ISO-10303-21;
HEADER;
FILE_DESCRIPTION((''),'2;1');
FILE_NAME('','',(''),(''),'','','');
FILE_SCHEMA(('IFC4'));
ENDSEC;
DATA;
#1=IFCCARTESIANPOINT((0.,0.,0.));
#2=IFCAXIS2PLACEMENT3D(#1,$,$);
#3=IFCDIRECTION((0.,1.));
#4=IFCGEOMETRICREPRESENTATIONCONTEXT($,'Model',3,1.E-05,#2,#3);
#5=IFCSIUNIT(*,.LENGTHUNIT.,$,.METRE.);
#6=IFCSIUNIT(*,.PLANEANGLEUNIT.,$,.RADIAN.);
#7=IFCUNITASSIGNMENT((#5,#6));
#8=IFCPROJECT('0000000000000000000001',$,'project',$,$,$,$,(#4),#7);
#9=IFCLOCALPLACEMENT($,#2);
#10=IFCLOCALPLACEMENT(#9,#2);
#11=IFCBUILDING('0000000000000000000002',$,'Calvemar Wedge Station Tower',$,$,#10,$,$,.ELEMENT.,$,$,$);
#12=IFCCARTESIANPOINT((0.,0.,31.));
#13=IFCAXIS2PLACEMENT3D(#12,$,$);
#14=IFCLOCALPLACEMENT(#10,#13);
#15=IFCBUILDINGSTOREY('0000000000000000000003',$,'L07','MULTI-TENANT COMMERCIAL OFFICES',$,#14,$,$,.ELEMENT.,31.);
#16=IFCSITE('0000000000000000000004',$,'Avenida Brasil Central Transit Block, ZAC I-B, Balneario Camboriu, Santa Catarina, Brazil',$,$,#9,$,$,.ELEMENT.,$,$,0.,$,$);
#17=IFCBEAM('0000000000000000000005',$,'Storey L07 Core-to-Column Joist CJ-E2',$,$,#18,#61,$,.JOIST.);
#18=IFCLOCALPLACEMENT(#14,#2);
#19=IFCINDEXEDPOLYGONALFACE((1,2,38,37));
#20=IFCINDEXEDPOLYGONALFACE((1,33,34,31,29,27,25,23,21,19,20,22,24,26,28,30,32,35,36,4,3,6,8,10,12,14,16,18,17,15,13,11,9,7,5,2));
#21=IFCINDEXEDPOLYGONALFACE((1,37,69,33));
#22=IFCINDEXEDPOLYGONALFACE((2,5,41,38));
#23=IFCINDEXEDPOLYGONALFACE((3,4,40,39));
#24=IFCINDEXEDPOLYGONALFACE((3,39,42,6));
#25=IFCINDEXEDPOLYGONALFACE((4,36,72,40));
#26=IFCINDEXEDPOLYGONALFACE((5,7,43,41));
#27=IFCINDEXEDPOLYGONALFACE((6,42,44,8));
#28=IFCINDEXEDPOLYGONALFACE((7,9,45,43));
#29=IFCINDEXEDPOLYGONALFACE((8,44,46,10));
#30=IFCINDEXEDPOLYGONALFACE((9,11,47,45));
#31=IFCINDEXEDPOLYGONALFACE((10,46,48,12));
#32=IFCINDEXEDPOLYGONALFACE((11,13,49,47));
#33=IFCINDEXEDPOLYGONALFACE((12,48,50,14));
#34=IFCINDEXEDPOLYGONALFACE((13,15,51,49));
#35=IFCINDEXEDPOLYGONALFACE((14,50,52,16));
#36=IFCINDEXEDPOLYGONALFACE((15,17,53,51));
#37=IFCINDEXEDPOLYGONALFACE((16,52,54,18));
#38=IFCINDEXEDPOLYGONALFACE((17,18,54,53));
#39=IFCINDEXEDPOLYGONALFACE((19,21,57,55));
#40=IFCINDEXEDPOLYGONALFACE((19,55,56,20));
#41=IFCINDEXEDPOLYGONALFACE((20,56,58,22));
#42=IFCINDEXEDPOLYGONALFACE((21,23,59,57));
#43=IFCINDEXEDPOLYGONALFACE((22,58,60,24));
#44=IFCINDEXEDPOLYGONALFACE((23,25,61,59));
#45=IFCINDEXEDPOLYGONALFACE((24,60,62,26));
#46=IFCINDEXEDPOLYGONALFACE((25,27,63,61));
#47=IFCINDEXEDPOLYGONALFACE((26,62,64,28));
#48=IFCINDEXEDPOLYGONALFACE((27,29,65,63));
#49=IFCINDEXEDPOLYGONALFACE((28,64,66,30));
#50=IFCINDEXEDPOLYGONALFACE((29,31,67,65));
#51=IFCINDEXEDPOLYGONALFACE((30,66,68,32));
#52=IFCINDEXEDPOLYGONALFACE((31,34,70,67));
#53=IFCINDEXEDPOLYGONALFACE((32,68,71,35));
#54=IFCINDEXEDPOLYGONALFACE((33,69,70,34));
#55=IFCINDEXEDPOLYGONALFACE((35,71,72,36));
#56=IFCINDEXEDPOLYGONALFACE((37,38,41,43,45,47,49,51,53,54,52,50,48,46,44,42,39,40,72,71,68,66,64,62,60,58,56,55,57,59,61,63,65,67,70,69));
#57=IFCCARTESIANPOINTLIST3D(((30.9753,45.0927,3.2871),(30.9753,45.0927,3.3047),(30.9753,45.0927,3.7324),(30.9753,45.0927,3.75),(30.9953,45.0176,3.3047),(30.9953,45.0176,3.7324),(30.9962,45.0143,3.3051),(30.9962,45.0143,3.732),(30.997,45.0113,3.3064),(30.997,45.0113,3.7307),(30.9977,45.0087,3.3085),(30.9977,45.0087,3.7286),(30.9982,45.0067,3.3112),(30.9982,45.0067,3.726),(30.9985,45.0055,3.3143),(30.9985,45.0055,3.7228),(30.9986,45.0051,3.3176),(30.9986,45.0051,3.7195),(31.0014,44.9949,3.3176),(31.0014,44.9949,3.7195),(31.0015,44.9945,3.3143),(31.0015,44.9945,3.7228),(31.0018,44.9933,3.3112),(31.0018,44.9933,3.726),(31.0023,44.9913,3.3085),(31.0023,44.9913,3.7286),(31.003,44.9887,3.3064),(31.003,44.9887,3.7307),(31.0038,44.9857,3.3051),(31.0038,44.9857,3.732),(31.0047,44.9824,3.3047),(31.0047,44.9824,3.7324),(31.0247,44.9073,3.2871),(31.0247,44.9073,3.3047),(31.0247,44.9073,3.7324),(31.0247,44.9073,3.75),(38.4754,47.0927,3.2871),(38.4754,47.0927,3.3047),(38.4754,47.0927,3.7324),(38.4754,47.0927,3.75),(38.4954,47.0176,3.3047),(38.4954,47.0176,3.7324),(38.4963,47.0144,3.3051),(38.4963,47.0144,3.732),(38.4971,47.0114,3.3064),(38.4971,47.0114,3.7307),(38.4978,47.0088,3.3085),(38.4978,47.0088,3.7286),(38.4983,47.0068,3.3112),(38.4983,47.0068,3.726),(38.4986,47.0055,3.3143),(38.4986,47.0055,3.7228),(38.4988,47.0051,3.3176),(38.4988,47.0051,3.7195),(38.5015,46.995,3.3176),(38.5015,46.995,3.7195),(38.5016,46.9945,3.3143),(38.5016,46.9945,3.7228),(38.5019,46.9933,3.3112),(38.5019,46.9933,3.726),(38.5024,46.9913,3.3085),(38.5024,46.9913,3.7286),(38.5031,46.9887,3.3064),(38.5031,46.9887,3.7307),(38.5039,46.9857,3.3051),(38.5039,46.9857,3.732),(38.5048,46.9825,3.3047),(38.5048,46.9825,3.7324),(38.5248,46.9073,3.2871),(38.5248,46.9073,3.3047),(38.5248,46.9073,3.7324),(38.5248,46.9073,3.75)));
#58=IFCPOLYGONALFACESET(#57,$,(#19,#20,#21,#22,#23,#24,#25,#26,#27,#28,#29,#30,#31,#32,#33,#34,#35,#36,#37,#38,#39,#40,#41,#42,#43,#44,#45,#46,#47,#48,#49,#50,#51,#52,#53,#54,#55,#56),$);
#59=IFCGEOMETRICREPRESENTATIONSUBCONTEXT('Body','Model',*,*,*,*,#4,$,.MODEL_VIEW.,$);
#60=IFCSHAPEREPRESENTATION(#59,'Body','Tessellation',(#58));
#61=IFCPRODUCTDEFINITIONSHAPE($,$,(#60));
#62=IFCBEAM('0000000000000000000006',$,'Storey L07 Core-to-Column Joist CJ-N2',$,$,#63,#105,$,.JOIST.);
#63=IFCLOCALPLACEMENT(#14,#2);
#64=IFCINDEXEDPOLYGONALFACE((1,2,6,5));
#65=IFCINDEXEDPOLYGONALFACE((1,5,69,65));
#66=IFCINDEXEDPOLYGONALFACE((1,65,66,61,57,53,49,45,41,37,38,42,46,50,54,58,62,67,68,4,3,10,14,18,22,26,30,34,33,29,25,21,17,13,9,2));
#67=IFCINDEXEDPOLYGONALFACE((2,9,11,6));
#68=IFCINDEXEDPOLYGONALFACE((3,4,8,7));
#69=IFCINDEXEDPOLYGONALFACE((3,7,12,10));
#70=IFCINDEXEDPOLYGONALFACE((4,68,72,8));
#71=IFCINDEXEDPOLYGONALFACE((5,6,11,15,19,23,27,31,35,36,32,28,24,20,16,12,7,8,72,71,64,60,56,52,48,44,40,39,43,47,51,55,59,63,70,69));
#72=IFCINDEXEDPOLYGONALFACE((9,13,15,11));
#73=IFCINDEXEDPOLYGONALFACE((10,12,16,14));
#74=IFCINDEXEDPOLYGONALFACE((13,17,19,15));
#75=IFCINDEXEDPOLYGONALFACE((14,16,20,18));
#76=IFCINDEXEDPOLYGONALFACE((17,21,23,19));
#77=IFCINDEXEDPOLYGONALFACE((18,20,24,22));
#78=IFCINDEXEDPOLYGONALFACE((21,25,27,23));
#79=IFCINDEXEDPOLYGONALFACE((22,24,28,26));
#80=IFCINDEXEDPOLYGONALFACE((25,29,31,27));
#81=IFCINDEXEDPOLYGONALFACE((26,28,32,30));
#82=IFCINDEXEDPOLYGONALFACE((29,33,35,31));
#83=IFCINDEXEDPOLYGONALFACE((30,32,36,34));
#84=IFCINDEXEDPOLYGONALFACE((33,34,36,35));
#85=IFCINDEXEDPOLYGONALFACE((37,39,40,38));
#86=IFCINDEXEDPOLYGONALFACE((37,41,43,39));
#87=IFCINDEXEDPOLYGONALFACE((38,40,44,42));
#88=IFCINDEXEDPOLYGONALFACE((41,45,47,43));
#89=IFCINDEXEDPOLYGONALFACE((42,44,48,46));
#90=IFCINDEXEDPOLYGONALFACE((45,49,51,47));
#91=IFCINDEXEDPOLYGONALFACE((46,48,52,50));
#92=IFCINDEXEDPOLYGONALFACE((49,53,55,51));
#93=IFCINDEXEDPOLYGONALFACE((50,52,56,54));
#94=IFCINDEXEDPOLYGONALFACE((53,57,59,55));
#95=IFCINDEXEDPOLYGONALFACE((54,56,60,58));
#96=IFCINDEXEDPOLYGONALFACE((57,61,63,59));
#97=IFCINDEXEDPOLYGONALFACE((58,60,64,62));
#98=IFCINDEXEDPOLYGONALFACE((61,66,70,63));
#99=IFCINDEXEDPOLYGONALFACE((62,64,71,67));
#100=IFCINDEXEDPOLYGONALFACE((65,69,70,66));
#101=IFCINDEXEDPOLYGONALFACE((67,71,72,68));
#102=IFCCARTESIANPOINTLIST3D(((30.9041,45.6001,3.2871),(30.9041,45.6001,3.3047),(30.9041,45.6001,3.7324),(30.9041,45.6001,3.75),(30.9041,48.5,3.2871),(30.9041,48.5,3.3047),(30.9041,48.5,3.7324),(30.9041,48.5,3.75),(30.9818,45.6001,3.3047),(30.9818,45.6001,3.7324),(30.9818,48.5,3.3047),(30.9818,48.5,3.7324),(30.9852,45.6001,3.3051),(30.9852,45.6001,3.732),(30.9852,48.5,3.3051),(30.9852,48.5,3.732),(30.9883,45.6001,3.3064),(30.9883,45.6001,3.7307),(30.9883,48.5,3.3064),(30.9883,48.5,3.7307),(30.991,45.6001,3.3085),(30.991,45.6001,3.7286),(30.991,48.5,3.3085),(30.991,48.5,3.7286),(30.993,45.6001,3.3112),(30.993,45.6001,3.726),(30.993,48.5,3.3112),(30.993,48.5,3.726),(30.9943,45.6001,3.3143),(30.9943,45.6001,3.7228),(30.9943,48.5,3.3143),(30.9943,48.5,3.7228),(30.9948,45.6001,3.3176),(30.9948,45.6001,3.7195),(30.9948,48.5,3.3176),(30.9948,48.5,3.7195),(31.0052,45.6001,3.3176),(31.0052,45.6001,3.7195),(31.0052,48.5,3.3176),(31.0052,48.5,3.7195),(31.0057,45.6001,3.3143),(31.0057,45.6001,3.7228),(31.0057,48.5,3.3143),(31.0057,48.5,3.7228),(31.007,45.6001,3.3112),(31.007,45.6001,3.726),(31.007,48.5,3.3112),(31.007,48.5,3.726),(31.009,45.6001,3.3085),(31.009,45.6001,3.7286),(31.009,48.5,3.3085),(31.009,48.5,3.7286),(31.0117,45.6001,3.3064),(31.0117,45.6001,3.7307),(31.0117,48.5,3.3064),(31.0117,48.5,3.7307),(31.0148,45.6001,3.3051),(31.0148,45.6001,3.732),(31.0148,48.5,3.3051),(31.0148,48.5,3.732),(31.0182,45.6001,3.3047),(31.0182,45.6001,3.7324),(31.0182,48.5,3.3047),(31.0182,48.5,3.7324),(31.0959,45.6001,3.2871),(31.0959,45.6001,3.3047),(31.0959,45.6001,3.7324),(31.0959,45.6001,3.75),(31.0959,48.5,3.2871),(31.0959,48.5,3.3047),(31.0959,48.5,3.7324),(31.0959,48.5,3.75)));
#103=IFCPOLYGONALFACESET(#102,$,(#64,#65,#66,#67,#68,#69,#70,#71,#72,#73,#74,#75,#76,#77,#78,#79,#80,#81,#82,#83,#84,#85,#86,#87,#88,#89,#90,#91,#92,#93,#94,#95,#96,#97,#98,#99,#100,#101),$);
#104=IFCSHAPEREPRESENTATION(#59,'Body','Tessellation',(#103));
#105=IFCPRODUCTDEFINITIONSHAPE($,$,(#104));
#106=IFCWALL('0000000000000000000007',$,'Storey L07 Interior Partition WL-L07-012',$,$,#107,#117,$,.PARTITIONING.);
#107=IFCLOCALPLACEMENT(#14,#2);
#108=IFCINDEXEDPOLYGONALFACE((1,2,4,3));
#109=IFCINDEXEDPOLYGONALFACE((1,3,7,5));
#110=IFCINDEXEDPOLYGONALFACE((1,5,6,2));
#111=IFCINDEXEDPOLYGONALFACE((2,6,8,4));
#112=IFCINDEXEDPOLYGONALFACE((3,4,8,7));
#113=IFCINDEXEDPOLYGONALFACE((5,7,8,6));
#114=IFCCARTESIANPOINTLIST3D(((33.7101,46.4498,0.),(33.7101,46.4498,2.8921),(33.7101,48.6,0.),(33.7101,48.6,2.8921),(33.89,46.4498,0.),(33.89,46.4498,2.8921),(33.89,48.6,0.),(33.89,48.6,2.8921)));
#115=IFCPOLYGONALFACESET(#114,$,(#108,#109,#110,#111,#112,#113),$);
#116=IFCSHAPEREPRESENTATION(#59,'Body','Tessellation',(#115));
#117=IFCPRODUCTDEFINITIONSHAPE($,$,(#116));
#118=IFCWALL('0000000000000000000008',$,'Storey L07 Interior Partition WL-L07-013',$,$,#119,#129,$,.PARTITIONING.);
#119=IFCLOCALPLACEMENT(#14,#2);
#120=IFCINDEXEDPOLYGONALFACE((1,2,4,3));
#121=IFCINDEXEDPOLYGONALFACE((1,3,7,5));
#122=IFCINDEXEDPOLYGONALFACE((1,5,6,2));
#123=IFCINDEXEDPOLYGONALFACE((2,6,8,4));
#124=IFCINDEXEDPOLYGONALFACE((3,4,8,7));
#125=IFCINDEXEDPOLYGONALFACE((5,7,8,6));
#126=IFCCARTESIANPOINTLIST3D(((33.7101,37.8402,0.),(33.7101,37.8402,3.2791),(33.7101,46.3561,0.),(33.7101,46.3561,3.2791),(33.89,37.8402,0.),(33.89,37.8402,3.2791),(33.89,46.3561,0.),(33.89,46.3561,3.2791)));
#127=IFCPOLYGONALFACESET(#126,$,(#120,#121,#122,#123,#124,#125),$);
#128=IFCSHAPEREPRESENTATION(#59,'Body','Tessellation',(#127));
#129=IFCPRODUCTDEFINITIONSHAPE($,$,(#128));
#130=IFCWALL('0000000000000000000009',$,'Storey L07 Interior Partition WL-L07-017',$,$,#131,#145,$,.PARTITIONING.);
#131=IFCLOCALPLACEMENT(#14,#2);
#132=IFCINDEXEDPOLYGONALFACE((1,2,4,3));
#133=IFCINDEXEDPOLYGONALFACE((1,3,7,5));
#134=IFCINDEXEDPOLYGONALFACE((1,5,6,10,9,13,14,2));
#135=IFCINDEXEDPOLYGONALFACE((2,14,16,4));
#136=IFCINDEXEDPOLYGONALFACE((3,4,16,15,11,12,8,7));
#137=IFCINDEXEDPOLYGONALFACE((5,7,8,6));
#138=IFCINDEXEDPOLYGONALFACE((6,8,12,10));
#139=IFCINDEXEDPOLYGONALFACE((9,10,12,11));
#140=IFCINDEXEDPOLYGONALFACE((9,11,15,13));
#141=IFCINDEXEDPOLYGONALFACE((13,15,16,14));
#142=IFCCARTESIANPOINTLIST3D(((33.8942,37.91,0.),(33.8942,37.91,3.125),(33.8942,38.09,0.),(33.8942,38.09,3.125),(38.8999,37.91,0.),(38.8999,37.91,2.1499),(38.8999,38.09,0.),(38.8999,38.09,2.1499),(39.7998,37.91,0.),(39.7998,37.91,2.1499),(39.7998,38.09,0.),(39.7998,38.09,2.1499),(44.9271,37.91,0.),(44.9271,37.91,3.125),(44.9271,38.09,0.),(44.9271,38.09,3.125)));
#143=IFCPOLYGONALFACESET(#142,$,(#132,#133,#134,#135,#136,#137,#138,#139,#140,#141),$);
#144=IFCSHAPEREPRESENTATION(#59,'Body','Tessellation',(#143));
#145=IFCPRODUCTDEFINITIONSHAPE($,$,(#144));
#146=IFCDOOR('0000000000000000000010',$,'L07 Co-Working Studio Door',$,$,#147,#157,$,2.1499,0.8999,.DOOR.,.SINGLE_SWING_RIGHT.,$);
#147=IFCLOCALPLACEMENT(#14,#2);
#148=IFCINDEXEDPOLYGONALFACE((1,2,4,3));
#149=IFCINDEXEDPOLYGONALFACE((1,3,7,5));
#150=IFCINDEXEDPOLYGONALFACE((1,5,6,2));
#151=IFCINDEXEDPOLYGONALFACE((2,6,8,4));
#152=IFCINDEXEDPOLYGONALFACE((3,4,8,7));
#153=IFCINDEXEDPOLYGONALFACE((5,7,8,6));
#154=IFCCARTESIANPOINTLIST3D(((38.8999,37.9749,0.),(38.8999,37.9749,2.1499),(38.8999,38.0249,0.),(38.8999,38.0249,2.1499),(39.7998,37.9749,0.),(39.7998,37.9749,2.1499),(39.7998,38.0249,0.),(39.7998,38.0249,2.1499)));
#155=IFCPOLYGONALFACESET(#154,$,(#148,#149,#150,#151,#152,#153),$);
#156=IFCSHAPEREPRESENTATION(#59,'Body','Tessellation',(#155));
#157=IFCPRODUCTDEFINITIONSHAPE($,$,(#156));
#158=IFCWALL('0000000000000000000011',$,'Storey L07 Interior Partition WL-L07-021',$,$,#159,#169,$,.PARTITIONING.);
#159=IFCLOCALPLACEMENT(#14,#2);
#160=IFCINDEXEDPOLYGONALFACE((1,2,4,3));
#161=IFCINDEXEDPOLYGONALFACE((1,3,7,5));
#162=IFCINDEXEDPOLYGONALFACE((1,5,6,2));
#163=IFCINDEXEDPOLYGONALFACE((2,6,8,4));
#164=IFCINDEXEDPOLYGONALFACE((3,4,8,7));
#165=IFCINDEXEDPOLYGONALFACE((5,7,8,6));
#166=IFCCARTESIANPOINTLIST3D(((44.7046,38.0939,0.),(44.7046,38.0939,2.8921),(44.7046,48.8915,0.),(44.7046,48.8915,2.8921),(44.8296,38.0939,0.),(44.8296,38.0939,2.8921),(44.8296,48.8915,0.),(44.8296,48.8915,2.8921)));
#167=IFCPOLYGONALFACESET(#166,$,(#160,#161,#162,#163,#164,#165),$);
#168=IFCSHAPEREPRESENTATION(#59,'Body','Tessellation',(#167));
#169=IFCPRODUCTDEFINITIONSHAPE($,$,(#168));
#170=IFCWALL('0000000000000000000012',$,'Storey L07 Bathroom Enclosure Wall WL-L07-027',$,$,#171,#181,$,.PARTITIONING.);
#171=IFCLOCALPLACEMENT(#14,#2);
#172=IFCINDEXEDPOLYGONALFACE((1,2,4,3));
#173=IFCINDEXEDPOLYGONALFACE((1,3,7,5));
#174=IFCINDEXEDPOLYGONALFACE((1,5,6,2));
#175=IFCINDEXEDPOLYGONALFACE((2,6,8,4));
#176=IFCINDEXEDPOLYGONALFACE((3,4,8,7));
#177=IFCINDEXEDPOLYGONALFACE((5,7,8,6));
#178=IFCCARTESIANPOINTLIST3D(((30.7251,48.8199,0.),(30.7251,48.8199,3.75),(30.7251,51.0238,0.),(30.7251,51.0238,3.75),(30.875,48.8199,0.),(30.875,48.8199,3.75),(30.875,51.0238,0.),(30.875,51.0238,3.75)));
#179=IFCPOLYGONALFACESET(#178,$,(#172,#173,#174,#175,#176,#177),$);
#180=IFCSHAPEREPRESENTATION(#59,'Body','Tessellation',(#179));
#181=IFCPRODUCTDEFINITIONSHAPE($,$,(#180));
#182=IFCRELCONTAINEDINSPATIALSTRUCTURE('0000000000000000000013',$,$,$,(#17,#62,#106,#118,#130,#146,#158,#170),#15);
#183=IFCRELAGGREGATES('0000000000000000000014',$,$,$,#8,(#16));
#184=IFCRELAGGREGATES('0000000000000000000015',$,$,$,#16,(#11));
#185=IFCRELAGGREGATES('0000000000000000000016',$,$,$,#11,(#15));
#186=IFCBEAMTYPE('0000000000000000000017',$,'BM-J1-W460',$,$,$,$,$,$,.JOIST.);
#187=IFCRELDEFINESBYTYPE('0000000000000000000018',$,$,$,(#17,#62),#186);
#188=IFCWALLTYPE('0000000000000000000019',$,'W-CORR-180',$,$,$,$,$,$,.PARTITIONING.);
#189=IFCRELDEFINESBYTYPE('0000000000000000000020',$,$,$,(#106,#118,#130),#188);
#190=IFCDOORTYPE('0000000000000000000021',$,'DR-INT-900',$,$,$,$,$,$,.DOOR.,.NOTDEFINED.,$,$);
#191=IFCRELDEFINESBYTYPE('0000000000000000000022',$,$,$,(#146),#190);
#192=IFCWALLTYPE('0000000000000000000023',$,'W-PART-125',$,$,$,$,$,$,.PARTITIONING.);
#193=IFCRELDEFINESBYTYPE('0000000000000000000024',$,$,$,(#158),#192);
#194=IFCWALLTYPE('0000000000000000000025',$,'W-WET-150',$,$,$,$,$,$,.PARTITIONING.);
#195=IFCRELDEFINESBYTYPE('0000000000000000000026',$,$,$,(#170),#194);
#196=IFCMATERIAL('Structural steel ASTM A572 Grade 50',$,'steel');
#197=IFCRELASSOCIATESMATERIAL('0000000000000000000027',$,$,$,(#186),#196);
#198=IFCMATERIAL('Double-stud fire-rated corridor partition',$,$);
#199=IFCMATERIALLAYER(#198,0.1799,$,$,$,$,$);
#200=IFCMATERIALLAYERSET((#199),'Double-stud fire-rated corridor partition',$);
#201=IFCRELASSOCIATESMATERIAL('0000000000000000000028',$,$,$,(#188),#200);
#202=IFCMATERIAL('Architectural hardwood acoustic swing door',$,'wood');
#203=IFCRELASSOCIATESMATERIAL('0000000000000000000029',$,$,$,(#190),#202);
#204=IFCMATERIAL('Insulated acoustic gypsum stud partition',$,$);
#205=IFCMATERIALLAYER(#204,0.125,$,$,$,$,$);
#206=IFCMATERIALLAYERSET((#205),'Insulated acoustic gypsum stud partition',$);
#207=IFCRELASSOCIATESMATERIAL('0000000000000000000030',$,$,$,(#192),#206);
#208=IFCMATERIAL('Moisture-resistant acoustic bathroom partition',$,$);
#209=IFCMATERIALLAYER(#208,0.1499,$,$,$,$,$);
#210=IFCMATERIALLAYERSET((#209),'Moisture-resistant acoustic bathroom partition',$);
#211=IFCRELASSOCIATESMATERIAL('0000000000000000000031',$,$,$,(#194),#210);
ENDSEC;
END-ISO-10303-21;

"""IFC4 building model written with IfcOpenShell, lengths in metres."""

from ifc_helpers import new_model, si_unit, direction, frame, frame_2d, origin, origin_2d, place, context, subcontext, project, spatial, rectangle, i_section, extrude, source, transform, mapped, material, layer, layer_set, material_profile, profile_set, type_object, element, fill, save


model = new_model("IFC4")

# Units and contexts
model_context = context("Model", 3, precision=1e-05, world=origin(), true_north=direction((0.0, 1.0)))
body_context = subcontext(model_context, "Body", "Model", "MODEL_VIEW")
ifc_project = project(units=[si_unit("LENGTHUNIT", "METRE"), si_unit("PLANEANGLEUNIT", "RADIAN")], contexts=[model_context])

# Site, building, storey
site_placement = place(None, origin())
site = spatial("IfcSite", under=ifc_project, at=site_placement, Name="Avenida Brasil Central Transit Block, ZAC I-B, Balneario Camboriu, Santa Catarina, Brazil", CompositionType="ELEMENT", RefElevation=0.0)
building_placement = place(site_placement, origin())
building = spatial("IfcBuilding", under=site, at=building_placement, Name="Calvemar Wedge Station Tower", CompositionType="ELEMENT")
storey_placement = place(building_placement, frame((0.0, 0.0, 31.0)))
storey = spatial("IfcBuildingStorey", under=building, at=storey_placement, Name="L07", Description="MULTI-TENANT COMMERCIAL OFFICES", CompositionType="ELEMENT", Elevation=31.0)

# Beams
ifc_material_1 = material(Name="Structural steel ASTM A572 Grade 50", Category="steel")
ifc_material_profile_1 = material_profile(ifc_material_1, i_section(OverallWidth=0.1919, OverallDepth=0.4629, WebThickness=0.0105, FlangeThickness=0.0176, FilletRadius=0.0129, at=origin_2d()), Name="W460x89")
ifc_profile_set_1 = profile_set([ifc_material_profile_1], Name="Structural steel ASTM A572 Grade 50")
beam_type_1 = type_object("IfcBeamType", Name="BM-J1-W460", PredefinedType="JOIST", material=ifc_profile_set_1)
shared_shape_1 = source(origin(), body_context, "Body", "SweptSolid", [
    extrude(i_section(OverallWidth=0.1919, OverallDepth=0.4629, WebThickness=0.0105, FlangeThickness=0.0176, FilletRadius=0.0129, at=origin_2d()), origin(), (0.0, 0.0, 1.0), 7.7622),
])
beam_1_placement = place(storey_placement, frame((31.0, 45.0, 3.5186), z_axis=(0.966235, 0.257663, 0.0), x_axis=(-0.257663, 0.966235, 0.0)))
element("IfcBeam", 1, at=beam_1_placement, inside=storey, type_object=beam_type_1, Name="Storey L07 Core-to-Column Joist CJ-E2", PredefinedType="JOIST", context=body_context, shape_type="MappedRepresentation", body=[
    mapped(shared_shape_1, transform((0.0, 0.0, 0.0), scale=1.0)),
])
shared_shape_2 = source(origin(), body_context, "Body", "SweptSolid", [
    extrude(i_section(OverallWidth=0.1919, OverallDepth=0.4629, WebThickness=0.0105, FlangeThickness=0.0176, FilletRadius=0.0129, at=origin_2d()), origin(), (0.0, 0.0, 1.0), 2.8999),
])
beam_2_placement = place(storey_placement, frame((31.0, 45.6001, 3.5186), z_axis=(0.0, 1.0, 0.0), x_axis=(-1.0, 0.0, 0.0)))
element("IfcBeam", 2, at=beam_2_placement, inside=storey, type_object=beam_type_1, Name="Storey L07 Core-to-Column Joist CJ-N2", PredefinedType="JOIST", context=body_context, shape_type="MappedRepresentation", body=[
    mapped(shared_shape_2, transform((0.0, 0.0, 0.0), scale=1.0)),
])

# Walls
ifc_material_2 = material(Name="Double-stud fire-rated corridor partition")
ifc_layer_1 = layer(ifc_material_2, 0.1799)
ifc_layer_set_1 = layer_set([ifc_layer_1], Name="Double-stud fire-rated corridor partition")
wall_type_1 = type_object("IfcWallType", Name="W-CORR-180", PredefinedType="PARTITIONING", material=ifc_layer_set_1)
wall_1_placement = place(storey_placement, frame((33.8, 48.6001, 0.0), z_axis=(0.0, 0.0, 1.0), x_axis=(0.0, -1.0, 0.0)))
element("IfcWall", 3, at=wall_1_placement, inside=storey, type_object=wall_type_1, Name="Storey L07 Interior Partition WL-L07-012", PredefinedType="PARTITIONING", context=body_context, shape_type="SweptSolid", body=[
    extrude(rectangle(XDim=2.1501, YDim=0.1799, at=frame_2d((1.0752, 0.0))), origin(), (0.0, 0.0, 1.0), 2.8921),
])
wall_2_placement = place(storey_placement, frame((33.8, 46.356, 0.0), z_axis=(0.0, 0.0, 1.0), x_axis=(0.0, -1.0, 0.0)))
element("IfcWall", 4, at=wall_2_placement, inside=storey, type_object=wall_type_1, Name="Storey L07 Interior Partition WL-L07-013", PredefinedType="PARTITIONING", context=body_context, shape_type="SweptSolid", body=[
    extrude(rectangle(XDim=8.5159, YDim=0.1799, at=frame_2d((4.2578, 0.0))), origin(), (0.0, 0.0, 1.0), 3.2791),
])

# Wall, opening, door
wall_3_placement = place(storey_placement, frame((33.894, 38.0, 0.0), z_axis=(0.0, 0.0, 1.0), x_axis=(1.0, 0.0, 0.0)))
wall_3 = element("IfcWall", 5, at=wall_3_placement, inside=storey, type_object=wall_type_1, Name="Storey L07 Interior Partition WL-L07-017", PredefinedType="PARTITIONING", context=body_context, shape_type="SweptSolid", body=[
    extrude(rectangle(XDim=11.033, YDim=0.1799, at=frame_2d((5.5166, 0.0))), origin(), (0.0, 0.0, 1.0), 3.125),
])
shared_shape_3 = source(origin(), body_context, "Body", "SweptSolid", [
    extrude(rectangle(XDim=0.8999, YDim=2.1499, at=frame_2d((0.45, 1.075))), frame((0.0, 0.1001, 0.0), z_axis=(0.0, -1.0, 0.0), x_axis=(1.0, 0.0, 0.0)), (0.0, 0.0, 1.0), 0.2),
])
opening_1_placement = place(wall_3_placement, frame((5.0059, 0.0, 0.0)))
opening_1 = element("IfcOpeningElement", 6, at=opening_1_placement, cuts=wall_3, PredefinedType="OPENING", context=body_context, shape_type="MappedRepresentation", body=[
    mapped(shared_shape_3, transform((0.0, 0.0, 0.0), scale=1.0)),
])
ifc_material_3 = material(Name="Architectural hardwood acoustic swing door", Category="wood")
door_type_1 = type_object("IfcDoorType", Name="DR-INT-900", OperationType="NOTDEFINED", PredefinedType="DOOR", material=ifc_material_3)
shared_shape_4 = source(origin(), body_context, "Body", "SweptSolid", [
    extrude(rectangle(XDim=0.8999, YDim=2.1499, at=frame_2d((0.45, 1.075))), frame((0.0, 0.0249, 0.0), z_axis=(0.0, -1.0, 0.0), x_axis=(1.0, 0.0, 0.0)), (0.0, 0.0, 1.0), 0.05),
])
door_1_placement = place(opening_1_placement, origin())
door_1 = element("IfcDoor", 7, at=door_1_placement, inside=storey, type_object=door_type_1, Name="L07 Co-Working Studio Door", OperationType="SINGLE_SWING_RIGHT", OverallHeight=2.1499, OverallWidth=0.8999, PredefinedType="DOOR", context=body_context, shape_type="MappedRepresentation", body=[
    mapped(shared_shape_4, transform((0.0, 0.0, 0.0), scale=1.0)),
])
fill(opening_1, door_1)

# Walls
ifc_material_4 = material(Name="Insulated acoustic gypsum stud partition")
ifc_layer_2 = layer(ifc_material_4, 0.125)
ifc_layer_set_2 = layer_set([ifc_layer_2], Name="Insulated acoustic gypsum stud partition")
wall_type_2 = type_object("IfcWallType", Name="W-PART-125", PredefinedType="PARTITIONING", material=ifc_layer_set_2)
wall_4_placement = place(storey_placement, frame((44.7671, 48.8916, 0.0), z_axis=(0.0, 0.0, 1.0), x_axis=(0.0, -1.0, 0.0)))
element("IfcWall", 8, at=wall_4_placement, inside=storey, type_object=wall_type_2, Name="Storey L07 Interior Partition WL-L07-021", PredefinedType="PARTITIONING", context=body_context, shape_type="SweptSolid", body=[
    extrude(rectangle(XDim=10.7976, YDim=0.125, at=frame_2d((5.3989, 0.0))), origin(), (0.0, 0.0, 1.0), 2.8921),
])
ifc_material_5 = material(Name="Moisture-resistant acoustic bathroom partition")
ifc_layer_3 = layer(ifc_material_5, 0.1499)
ifc_layer_set_3 = layer_set([ifc_layer_3], Name="Moisture-resistant acoustic bathroom partition")
wall_type_3 = type_object("IfcWallType", Name="W-WET-150", PredefinedType="PARTITIONING", material=ifc_layer_set_3)
wall_5_placement = place(storey_placement, frame((30.8, 51.0239, 0.0), z_axis=(0.0, 0.0, 1.0), x_axis=(0.0, -1.0, 0.0)))
element("IfcWall", 9, at=wall_5_placement, inside=storey, type_object=wall_type_3, Name="Storey L07 Bathroom Enclosure Wall WL-L07-027", PredefinedType="PARTITIONING", context=body_context, shape_type="SweptSolid", body=[
    extrude(rectangle(XDim=2.2039, YDim=0.1499, at=frame_2d((1.1021, 0.0))), origin(), (0.0, 0.0, 1.0), 3.75),
])

save(model, "model.ifc")
